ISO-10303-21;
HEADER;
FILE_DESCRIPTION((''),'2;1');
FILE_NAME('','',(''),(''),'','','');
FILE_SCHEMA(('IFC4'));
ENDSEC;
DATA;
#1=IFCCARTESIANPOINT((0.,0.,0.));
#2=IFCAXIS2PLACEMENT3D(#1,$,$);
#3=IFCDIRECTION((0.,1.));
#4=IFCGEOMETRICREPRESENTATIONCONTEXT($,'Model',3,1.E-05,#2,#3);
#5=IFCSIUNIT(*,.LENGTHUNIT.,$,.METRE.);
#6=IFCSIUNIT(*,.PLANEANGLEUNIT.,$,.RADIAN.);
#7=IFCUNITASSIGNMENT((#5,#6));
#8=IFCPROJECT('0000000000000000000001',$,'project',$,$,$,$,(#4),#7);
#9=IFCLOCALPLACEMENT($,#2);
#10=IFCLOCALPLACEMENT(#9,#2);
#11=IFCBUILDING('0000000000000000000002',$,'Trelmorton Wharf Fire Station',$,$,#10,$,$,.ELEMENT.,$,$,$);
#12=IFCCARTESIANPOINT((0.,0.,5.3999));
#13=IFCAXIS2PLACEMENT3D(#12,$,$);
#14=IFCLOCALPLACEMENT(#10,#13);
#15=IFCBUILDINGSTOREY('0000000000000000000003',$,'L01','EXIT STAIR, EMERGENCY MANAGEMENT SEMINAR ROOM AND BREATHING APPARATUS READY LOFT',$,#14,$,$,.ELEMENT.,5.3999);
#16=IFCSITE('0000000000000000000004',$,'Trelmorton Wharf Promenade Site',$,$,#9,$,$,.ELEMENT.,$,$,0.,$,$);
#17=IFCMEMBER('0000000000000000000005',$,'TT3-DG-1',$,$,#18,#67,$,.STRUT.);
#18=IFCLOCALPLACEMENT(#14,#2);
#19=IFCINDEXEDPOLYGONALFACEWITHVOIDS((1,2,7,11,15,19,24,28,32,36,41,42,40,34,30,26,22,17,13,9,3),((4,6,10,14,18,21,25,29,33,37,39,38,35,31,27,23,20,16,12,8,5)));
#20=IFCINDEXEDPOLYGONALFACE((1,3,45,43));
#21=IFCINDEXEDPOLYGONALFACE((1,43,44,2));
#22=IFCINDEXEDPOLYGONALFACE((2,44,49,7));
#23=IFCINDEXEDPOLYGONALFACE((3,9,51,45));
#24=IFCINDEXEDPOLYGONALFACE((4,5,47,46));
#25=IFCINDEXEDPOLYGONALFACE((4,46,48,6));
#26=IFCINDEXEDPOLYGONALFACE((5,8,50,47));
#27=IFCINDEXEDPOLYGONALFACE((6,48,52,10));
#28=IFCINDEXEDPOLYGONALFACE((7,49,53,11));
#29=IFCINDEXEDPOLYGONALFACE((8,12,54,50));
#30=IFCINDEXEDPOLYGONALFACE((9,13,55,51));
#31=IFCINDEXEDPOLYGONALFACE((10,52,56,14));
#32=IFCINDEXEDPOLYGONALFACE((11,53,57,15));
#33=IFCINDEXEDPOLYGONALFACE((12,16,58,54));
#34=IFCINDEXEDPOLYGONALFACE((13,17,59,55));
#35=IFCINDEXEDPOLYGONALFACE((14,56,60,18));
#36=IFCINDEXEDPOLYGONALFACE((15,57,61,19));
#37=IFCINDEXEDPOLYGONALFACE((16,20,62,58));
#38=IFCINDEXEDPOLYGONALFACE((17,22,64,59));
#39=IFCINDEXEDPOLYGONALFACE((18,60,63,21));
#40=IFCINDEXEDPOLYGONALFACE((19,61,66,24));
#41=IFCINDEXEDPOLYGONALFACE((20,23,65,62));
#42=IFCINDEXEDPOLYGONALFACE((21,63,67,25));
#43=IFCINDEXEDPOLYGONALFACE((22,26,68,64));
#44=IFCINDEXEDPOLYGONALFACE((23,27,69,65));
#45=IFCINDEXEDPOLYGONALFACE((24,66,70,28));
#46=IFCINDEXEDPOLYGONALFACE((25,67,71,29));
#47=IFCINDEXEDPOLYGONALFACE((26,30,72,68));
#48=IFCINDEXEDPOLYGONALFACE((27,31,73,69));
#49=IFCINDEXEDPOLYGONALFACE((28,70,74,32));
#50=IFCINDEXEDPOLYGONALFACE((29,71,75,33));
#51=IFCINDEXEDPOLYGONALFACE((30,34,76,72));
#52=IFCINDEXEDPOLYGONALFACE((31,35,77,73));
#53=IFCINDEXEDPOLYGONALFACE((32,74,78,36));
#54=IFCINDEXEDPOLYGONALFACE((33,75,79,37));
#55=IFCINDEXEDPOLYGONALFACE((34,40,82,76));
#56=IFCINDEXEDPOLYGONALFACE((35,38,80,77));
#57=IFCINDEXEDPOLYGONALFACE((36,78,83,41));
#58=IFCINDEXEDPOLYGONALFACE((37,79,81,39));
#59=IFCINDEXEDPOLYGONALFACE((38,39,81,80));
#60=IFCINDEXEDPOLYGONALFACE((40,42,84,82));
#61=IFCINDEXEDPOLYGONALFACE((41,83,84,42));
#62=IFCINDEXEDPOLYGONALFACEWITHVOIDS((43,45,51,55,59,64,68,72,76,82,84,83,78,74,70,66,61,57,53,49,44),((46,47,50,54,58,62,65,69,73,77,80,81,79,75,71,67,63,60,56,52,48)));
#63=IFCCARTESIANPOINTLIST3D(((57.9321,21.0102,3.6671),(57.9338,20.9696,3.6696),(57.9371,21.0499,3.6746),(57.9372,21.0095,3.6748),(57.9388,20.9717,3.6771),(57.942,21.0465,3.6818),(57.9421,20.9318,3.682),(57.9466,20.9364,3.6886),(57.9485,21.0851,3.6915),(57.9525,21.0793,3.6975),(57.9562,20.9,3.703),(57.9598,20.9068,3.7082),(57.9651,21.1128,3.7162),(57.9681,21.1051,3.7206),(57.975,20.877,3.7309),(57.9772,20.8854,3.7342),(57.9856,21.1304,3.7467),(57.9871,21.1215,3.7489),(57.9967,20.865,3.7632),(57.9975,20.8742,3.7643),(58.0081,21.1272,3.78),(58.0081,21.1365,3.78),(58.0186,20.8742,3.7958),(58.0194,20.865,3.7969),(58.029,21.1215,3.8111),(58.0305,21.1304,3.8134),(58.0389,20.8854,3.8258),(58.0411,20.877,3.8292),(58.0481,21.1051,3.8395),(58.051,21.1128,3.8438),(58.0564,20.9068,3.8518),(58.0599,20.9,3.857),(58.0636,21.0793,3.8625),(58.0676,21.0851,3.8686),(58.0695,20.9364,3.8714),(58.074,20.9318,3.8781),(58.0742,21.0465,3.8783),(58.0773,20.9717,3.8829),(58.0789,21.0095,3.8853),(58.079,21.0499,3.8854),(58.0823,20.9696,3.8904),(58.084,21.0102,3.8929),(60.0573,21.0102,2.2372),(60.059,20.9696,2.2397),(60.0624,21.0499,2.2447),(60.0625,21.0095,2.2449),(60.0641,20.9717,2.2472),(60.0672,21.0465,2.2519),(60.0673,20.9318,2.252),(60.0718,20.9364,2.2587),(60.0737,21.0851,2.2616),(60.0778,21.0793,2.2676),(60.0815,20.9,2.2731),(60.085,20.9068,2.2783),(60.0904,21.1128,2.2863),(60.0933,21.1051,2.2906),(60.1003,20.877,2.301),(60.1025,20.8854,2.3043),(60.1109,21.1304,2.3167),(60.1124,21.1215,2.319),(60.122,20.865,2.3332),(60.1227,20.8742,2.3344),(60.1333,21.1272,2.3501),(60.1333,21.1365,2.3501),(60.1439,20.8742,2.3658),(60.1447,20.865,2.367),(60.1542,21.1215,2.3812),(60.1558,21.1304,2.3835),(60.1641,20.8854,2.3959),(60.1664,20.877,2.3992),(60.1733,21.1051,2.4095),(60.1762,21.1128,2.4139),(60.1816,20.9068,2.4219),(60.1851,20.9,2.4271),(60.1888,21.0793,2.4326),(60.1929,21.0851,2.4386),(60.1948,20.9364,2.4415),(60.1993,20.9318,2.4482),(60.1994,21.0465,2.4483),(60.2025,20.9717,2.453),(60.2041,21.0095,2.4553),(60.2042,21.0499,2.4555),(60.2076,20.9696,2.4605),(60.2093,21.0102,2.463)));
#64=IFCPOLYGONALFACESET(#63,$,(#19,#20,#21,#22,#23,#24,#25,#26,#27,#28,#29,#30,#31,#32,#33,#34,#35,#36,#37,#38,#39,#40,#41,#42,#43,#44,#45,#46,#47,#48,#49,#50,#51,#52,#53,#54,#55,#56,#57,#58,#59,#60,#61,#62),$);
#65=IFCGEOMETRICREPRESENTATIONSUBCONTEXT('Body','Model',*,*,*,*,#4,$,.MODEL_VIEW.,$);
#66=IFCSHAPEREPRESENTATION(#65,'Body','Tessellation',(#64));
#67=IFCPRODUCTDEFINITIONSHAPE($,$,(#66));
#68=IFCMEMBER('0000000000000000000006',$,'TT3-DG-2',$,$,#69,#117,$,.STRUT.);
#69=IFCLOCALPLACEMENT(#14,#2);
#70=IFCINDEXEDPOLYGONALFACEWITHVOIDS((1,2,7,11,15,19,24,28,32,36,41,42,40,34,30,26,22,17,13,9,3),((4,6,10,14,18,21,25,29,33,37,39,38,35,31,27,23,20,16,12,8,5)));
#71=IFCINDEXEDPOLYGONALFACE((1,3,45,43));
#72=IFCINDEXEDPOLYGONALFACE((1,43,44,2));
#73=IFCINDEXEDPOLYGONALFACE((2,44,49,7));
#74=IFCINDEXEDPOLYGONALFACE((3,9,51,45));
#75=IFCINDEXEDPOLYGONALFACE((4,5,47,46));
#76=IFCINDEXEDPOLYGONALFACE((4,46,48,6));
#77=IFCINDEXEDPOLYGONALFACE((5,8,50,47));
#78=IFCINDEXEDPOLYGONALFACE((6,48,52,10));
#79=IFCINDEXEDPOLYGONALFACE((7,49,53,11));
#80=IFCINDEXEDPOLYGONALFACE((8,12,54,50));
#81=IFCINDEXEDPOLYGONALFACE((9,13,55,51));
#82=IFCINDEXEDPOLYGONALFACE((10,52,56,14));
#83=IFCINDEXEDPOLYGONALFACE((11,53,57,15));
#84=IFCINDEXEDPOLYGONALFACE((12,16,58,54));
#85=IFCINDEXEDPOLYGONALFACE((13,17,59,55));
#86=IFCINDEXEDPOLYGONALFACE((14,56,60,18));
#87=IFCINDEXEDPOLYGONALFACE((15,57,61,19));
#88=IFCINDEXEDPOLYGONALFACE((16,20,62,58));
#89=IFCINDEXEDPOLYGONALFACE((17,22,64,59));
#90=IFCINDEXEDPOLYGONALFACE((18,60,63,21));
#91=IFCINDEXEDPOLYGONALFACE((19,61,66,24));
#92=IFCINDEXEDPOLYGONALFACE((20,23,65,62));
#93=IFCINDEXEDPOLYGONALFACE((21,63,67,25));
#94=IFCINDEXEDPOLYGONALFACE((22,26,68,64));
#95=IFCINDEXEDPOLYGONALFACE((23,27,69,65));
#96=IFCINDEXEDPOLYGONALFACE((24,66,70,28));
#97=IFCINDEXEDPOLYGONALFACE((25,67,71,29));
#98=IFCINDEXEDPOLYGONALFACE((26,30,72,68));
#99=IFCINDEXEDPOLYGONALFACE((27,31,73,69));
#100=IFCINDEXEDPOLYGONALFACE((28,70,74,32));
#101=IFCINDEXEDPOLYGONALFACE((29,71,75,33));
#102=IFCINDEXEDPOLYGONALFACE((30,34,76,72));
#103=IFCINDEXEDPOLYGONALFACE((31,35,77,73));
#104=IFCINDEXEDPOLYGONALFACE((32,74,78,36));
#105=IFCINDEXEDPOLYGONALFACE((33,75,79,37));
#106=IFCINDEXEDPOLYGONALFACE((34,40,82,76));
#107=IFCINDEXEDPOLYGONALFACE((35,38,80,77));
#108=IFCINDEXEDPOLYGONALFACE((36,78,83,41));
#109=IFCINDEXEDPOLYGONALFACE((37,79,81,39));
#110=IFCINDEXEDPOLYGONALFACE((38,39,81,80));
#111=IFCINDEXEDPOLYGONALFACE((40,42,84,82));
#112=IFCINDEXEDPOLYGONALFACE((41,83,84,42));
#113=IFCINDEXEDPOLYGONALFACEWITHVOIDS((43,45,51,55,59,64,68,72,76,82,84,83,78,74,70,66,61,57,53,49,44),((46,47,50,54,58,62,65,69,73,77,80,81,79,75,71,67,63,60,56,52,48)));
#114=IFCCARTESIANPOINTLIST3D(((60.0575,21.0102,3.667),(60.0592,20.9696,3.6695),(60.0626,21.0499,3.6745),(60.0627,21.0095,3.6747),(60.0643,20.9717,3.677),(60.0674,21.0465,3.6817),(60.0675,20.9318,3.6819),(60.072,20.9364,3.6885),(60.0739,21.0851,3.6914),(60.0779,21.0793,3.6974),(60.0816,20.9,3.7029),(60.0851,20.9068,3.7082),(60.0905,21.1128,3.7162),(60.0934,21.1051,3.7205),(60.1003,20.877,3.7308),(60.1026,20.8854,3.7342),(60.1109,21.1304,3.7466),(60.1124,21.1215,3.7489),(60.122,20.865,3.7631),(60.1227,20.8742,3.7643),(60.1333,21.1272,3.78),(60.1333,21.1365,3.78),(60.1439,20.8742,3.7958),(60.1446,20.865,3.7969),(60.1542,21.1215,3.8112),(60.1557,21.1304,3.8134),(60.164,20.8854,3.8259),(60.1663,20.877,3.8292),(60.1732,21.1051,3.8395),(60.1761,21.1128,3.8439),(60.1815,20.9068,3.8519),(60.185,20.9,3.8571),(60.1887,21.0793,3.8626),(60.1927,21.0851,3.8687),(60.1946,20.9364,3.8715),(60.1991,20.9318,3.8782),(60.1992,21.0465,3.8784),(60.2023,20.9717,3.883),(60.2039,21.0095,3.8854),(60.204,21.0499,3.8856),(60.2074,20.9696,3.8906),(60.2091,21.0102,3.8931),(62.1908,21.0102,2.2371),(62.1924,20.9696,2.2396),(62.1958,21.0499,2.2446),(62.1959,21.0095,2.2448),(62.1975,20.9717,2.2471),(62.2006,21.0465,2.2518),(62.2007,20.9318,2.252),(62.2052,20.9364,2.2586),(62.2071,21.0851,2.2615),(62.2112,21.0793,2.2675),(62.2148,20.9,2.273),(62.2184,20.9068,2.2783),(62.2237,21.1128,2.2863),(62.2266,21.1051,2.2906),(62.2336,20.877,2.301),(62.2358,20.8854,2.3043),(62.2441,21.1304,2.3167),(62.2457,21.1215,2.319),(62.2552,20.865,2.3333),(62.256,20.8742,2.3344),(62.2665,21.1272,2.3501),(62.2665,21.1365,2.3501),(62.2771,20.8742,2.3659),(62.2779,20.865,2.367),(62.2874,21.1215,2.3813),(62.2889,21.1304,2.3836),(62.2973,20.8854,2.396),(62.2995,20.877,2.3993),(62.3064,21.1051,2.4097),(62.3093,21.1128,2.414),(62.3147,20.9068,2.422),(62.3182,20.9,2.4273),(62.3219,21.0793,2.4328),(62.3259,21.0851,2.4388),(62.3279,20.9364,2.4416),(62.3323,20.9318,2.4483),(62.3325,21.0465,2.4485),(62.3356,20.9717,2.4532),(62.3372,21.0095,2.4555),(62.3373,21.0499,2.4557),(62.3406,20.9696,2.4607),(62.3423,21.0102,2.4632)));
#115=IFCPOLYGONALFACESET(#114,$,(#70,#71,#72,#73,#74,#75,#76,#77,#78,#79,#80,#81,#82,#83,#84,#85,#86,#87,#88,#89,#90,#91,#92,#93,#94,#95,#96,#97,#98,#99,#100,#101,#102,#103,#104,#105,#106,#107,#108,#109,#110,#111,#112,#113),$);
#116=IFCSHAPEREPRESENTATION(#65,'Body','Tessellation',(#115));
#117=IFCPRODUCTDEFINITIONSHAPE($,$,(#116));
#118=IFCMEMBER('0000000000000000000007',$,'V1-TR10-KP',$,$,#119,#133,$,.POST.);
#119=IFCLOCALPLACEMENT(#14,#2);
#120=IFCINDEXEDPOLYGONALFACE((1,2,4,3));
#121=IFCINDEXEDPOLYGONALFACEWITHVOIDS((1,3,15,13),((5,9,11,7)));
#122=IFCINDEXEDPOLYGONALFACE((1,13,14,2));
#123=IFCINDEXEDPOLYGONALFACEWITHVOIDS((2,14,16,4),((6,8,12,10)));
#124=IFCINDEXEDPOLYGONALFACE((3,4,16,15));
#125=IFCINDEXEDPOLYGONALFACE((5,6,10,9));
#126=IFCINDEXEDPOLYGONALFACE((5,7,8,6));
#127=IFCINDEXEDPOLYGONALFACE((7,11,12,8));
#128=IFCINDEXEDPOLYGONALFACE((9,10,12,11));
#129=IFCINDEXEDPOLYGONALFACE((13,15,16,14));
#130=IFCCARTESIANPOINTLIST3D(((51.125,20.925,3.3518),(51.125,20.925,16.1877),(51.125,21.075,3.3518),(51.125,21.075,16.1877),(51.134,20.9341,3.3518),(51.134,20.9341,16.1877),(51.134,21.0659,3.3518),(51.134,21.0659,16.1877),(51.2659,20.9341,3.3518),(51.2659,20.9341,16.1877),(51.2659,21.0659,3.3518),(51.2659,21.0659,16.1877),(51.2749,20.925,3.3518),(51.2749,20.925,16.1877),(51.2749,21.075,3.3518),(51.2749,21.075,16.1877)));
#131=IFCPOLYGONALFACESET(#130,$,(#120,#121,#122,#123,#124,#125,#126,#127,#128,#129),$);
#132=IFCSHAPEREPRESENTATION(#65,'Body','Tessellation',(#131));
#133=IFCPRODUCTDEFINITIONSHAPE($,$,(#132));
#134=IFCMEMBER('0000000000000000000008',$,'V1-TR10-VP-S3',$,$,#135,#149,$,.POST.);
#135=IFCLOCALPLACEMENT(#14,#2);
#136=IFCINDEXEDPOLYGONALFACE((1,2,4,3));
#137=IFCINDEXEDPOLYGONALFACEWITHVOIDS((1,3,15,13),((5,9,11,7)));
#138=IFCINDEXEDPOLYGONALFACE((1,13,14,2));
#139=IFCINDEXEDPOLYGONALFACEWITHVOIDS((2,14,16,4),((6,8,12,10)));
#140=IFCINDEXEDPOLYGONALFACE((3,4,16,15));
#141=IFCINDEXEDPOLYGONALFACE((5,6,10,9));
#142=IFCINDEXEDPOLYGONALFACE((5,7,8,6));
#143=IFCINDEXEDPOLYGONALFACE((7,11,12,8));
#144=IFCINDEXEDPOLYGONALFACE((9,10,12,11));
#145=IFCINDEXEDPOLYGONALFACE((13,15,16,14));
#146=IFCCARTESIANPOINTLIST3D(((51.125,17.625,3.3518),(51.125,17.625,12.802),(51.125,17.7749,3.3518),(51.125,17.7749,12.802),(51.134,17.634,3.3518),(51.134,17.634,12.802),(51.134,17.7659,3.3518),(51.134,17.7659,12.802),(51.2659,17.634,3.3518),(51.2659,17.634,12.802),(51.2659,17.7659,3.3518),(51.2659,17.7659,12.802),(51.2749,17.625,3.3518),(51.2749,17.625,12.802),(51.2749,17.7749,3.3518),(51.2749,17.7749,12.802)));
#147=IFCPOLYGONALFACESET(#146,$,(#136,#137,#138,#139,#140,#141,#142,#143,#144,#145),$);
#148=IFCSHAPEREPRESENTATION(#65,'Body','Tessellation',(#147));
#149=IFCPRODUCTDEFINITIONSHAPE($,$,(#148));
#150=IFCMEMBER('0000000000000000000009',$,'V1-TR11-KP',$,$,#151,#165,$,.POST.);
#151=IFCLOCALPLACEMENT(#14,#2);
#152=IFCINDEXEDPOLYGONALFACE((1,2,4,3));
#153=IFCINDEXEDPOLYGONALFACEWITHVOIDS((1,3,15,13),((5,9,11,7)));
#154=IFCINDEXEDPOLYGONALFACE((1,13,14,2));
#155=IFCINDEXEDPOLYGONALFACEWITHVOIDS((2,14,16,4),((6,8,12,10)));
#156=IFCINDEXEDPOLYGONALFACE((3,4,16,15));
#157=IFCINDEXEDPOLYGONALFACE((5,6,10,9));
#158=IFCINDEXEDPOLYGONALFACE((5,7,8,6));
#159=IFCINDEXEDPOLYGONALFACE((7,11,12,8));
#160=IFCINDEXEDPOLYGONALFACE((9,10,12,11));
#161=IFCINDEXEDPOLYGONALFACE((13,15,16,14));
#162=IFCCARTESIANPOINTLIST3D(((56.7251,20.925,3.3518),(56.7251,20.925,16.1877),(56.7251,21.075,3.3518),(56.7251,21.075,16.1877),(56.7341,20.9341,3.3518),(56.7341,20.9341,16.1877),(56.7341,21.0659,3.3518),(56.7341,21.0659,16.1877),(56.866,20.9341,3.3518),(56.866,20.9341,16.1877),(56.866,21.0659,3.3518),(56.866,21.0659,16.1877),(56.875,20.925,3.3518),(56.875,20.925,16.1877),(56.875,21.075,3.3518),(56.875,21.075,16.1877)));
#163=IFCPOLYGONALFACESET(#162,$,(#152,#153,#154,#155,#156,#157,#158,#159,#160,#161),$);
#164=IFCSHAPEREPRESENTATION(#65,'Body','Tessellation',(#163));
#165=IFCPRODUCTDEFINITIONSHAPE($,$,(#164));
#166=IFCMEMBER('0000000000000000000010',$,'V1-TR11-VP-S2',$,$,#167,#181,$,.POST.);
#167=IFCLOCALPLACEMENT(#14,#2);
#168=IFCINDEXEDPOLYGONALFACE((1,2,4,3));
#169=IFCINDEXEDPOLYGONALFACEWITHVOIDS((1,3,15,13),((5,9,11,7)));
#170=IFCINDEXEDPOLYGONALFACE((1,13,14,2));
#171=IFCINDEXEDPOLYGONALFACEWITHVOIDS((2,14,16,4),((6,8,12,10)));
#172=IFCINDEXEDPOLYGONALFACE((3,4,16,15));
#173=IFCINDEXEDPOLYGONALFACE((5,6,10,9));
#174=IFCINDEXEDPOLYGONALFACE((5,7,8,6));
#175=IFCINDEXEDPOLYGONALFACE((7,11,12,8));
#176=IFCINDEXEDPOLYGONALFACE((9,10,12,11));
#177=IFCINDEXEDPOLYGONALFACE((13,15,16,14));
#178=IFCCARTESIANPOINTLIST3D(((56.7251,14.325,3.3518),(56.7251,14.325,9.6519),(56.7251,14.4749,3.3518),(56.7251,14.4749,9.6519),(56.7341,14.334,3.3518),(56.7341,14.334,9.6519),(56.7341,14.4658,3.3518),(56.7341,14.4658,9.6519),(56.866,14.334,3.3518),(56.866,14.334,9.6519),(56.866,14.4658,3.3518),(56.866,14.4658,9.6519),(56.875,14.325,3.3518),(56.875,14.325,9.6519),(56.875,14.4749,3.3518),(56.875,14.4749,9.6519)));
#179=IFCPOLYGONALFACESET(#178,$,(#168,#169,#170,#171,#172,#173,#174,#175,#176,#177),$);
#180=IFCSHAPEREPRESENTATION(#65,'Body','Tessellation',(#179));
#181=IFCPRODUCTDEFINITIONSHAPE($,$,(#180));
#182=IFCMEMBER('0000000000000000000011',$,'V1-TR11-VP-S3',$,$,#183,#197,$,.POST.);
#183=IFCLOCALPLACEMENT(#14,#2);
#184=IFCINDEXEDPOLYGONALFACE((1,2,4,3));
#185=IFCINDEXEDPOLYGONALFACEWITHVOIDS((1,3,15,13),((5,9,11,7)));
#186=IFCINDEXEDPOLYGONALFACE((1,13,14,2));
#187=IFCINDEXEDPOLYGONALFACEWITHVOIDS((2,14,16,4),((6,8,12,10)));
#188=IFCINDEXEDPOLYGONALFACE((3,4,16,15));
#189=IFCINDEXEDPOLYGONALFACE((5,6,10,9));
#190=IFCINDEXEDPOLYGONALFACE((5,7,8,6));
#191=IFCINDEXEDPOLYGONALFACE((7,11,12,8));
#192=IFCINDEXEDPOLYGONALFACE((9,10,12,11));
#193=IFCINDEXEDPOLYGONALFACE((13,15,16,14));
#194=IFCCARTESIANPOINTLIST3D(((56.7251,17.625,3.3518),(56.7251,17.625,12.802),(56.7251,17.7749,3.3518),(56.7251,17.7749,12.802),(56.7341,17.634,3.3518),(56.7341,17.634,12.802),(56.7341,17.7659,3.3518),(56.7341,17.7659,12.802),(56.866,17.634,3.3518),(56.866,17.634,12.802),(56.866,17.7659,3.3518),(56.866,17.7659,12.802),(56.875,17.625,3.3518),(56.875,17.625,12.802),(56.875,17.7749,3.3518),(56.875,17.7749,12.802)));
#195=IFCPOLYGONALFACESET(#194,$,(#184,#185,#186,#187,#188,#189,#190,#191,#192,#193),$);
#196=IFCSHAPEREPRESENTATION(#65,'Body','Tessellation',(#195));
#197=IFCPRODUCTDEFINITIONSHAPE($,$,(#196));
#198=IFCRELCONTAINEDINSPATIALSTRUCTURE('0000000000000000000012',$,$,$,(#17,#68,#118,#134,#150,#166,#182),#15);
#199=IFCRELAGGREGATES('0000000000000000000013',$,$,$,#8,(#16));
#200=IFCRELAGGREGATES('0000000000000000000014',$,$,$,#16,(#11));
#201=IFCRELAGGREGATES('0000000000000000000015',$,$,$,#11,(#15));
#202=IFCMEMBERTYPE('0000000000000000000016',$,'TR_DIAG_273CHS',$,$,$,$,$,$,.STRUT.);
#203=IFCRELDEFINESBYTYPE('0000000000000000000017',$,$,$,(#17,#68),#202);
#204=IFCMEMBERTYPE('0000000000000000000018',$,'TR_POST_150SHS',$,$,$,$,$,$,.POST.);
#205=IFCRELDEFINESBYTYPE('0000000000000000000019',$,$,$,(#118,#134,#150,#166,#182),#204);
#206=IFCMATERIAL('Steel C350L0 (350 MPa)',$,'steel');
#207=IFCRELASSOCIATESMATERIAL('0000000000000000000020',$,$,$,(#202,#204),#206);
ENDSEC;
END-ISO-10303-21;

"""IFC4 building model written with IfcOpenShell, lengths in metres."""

from ifc_helpers import new_model, si_unit, direction, frame, origin, origin_2d, place, context, subcontext, project, spatial, hollow_rectangle, hollow_circle, extrude, material, material_profile, profile_set, type_object, element, save


model = new_model("IFC4")

# Units and contexts
model_context = context("Model", 3, precision=1e-05, world=origin(), true_north=direction((0.0, 1.0)))
body_context = subcontext(model_context, "Body", "Model", "MODEL_VIEW")
ifc_project = project(units=[si_unit("LENGTHUNIT", "METRE"), si_unit("PLANEANGLEUNIT", "RADIAN")], contexts=[model_context])

# Site, building, storey
site_placement = place(None, origin())
site = spatial("IfcSite", under=ifc_project, at=site_placement, Name="Trelmorton Wharf Promenade Site", CompositionType="ELEMENT", RefElevation=0.0)
building_placement = place(site_placement, origin())
building = spatial("IfcBuilding", under=site, at=building_placement, Name="Trelmorton Wharf Fire Station", CompositionType="ELEMENT")
storey_placement = place(building_placement, frame((0.0, 0.0, 5.3999)))
storey = spatial("IfcBuildingStorey", under=building, at=storey_placement, Name="L01", Description="EXIT STAIR, EMERGENCY MANAGEMENT SEMINAR ROOM AND BREATHING APPARATUS READY LOFT", CompositionType="ELEMENT", Elevation=5.3999)

# Members
ifc_material_1 = material(Name="Steel C350L0 (350 MPa)", Category="steel")
ifc_material_profile_1 = material_profile(ifc_material_1, hollow_circle(Radius=0.1365, WallThickness=0.0093, at=origin_2d()), Name="273.1x9.3CHS")
ifc_profile_set_1 = profile_set([ifc_material_profile_1], Name="Steel C350L0 (350 MPa)")
member_type_1 = type_object("IfcMemberType", Name="TR_DIAG_273CHS", PredefinedType="STRUT", material=ifc_profile_set_1)
member_1_placement = place(storey_placement, frame((58.0081, 21.0, 3.78), z_axis=(0.829682, 0.0, -0.558236), x_axis=(0.0, 1.0, 0.0)))
element("IfcMember", 1, at=member_1_placement, inside=storey, type_object=member_type_1, Name="TT3-DG-1", PredefinedType="STRUT", context=body_context, shape_type="SweptSolid", body=[
    extrude(hollow_circle(Radius=0.1365, WallThickness=0.0093, at=origin_2d()), origin(), (0.0, 0.0, 1.0), 2.5615),
])
member_2_placement = place(storey_placement, frame((60.1333, 21.0, 3.78), z_axis=(0.830658, 0.0, -0.556783), x_axis=(0.0, 1.0, 0.0)))
element("IfcMember", 2, at=member_2_placement, inside=storey, type_object=member_type_1, Name="TT3-DG-2", PredefinedType="STRUT", context=body_context, shape_type="SweptSolid", body=[
    extrude(hollow_circle(Radius=0.1365, WallThickness=0.0093, at=origin_2d()), origin(), (0.0, 0.0, 1.0), 2.5681),
])
ifc_material_profile_2 = material_profile(ifc_material_1, hollow_rectangle(XDim=0.1499, YDim=0.1499, WallThickness=0.009, at=origin_2d()), Name="150x150x9.0SHS")
ifc_profile_set_2 = profile_set([ifc_material_profile_2], Name="Steel C350L0 (350 MPa)")
member_type_2 = type_object("IfcMemberType", Name="TR_POST_150SHS", PredefinedType="POST", material=ifc_profile_set_2)
member_3_placement = place(storey_placement, frame((51.2, 21.0, 3.3518), z_axis=(0.0, 0.0, 1.0), x_axis=(1.0, 0.0, 0.0)))
element("IfcMember", 3, at=member_3_placement, inside=storey, type_object=member_type_2, Name="V1-TR10-KP", PredefinedType="POST", context=body_context, shape_type="SweptSolid", body=[
    extrude(hollow_rectangle(XDim=0.1499, YDim=0.1499, WallThickness=0.009, at=origin_2d()), origin(), (0.0, 0.0, 1.0), 12.8359),
])
member_4_placement = place(storey_placement, frame((51.2, 17.7, 3.3518), z_axis=(0.0, 0.0, 1.0), x_axis=(1.0, 0.0, 0.0)))
element("IfcMember", 4, at=member_4_placement, inside=storey, type_object=member_type_2, Name="V1-TR10-VP-S3", PredefinedType="POST", context=body_context, shape_type="SweptSolid", body=[
    extrude(hollow_rectangle(XDim=0.1499, YDim=0.1499, WallThickness=0.009, at=origin_2d()), origin(), (0.0, 0.0, 1.0), 9.4502),
])
member_5_placement = place(storey_placement, frame((56.8, 21.0, 3.3518), z_axis=(0.0, 0.0, 1.0), x_axis=(1.0, 0.0, 0.0)))
element("IfcMember", 5, at=member_5_placement, inside=storey, type_object=member_type_2, Name="V1-TR11-KP", PredefinedType="POST", context=body_context, shape_type="SweptSolid", body=[
    extrude(hollow_rectangle(XDim=0.1499, YDim=0.1499, WallThickness=0.009, at=origin_2d()), origin(), (0.0, 0.0, 1.0), 12.8359),
])
member_6_placement = place(storey_placement, frame((56.8, 14.3999, 3.3518), z_axis=(0.0, 0.0, 1.0), x_axis=(1.0, 0.0, 0.0)))
element("IfcMember", 6, at=member_6_placement, inside=storey, type_object=member_type_2, Name="V1-TR11-VP-S2", PredefinedType="POST", context=body_context, shape_type="SweptSolid", body=[
    extrude(hollow_rectangle(XDim=0.1499, YDim=0.1499, WallThickness=0.009, at=origin_2d()), origin(), (0.0, 0.0, 1.0), 6.3),
])
member_7_placement = place(storey_placement, frame((56.8, 17.7, 3.3518), z_axis=(0.0, 0.0, 1.0), x_axis=(1.0, 0.0, 0.0)))
element("IfcMember", 7, at=member_7_placement, inside=storey, type_object=member_type_2, Name="V1-TR11-VP-S3", PredefinedType="POST", context=body_context, shape_type="SweptSolid", body=[
    extrude(hollow_rectangle(XDim=0.1499, YDim=0.1499, WallThickness=0.009, at=origin_2d()), origin(), (0.0, 0.0, 1.0), 9.4502),
])

save(model, "model.ifc")
